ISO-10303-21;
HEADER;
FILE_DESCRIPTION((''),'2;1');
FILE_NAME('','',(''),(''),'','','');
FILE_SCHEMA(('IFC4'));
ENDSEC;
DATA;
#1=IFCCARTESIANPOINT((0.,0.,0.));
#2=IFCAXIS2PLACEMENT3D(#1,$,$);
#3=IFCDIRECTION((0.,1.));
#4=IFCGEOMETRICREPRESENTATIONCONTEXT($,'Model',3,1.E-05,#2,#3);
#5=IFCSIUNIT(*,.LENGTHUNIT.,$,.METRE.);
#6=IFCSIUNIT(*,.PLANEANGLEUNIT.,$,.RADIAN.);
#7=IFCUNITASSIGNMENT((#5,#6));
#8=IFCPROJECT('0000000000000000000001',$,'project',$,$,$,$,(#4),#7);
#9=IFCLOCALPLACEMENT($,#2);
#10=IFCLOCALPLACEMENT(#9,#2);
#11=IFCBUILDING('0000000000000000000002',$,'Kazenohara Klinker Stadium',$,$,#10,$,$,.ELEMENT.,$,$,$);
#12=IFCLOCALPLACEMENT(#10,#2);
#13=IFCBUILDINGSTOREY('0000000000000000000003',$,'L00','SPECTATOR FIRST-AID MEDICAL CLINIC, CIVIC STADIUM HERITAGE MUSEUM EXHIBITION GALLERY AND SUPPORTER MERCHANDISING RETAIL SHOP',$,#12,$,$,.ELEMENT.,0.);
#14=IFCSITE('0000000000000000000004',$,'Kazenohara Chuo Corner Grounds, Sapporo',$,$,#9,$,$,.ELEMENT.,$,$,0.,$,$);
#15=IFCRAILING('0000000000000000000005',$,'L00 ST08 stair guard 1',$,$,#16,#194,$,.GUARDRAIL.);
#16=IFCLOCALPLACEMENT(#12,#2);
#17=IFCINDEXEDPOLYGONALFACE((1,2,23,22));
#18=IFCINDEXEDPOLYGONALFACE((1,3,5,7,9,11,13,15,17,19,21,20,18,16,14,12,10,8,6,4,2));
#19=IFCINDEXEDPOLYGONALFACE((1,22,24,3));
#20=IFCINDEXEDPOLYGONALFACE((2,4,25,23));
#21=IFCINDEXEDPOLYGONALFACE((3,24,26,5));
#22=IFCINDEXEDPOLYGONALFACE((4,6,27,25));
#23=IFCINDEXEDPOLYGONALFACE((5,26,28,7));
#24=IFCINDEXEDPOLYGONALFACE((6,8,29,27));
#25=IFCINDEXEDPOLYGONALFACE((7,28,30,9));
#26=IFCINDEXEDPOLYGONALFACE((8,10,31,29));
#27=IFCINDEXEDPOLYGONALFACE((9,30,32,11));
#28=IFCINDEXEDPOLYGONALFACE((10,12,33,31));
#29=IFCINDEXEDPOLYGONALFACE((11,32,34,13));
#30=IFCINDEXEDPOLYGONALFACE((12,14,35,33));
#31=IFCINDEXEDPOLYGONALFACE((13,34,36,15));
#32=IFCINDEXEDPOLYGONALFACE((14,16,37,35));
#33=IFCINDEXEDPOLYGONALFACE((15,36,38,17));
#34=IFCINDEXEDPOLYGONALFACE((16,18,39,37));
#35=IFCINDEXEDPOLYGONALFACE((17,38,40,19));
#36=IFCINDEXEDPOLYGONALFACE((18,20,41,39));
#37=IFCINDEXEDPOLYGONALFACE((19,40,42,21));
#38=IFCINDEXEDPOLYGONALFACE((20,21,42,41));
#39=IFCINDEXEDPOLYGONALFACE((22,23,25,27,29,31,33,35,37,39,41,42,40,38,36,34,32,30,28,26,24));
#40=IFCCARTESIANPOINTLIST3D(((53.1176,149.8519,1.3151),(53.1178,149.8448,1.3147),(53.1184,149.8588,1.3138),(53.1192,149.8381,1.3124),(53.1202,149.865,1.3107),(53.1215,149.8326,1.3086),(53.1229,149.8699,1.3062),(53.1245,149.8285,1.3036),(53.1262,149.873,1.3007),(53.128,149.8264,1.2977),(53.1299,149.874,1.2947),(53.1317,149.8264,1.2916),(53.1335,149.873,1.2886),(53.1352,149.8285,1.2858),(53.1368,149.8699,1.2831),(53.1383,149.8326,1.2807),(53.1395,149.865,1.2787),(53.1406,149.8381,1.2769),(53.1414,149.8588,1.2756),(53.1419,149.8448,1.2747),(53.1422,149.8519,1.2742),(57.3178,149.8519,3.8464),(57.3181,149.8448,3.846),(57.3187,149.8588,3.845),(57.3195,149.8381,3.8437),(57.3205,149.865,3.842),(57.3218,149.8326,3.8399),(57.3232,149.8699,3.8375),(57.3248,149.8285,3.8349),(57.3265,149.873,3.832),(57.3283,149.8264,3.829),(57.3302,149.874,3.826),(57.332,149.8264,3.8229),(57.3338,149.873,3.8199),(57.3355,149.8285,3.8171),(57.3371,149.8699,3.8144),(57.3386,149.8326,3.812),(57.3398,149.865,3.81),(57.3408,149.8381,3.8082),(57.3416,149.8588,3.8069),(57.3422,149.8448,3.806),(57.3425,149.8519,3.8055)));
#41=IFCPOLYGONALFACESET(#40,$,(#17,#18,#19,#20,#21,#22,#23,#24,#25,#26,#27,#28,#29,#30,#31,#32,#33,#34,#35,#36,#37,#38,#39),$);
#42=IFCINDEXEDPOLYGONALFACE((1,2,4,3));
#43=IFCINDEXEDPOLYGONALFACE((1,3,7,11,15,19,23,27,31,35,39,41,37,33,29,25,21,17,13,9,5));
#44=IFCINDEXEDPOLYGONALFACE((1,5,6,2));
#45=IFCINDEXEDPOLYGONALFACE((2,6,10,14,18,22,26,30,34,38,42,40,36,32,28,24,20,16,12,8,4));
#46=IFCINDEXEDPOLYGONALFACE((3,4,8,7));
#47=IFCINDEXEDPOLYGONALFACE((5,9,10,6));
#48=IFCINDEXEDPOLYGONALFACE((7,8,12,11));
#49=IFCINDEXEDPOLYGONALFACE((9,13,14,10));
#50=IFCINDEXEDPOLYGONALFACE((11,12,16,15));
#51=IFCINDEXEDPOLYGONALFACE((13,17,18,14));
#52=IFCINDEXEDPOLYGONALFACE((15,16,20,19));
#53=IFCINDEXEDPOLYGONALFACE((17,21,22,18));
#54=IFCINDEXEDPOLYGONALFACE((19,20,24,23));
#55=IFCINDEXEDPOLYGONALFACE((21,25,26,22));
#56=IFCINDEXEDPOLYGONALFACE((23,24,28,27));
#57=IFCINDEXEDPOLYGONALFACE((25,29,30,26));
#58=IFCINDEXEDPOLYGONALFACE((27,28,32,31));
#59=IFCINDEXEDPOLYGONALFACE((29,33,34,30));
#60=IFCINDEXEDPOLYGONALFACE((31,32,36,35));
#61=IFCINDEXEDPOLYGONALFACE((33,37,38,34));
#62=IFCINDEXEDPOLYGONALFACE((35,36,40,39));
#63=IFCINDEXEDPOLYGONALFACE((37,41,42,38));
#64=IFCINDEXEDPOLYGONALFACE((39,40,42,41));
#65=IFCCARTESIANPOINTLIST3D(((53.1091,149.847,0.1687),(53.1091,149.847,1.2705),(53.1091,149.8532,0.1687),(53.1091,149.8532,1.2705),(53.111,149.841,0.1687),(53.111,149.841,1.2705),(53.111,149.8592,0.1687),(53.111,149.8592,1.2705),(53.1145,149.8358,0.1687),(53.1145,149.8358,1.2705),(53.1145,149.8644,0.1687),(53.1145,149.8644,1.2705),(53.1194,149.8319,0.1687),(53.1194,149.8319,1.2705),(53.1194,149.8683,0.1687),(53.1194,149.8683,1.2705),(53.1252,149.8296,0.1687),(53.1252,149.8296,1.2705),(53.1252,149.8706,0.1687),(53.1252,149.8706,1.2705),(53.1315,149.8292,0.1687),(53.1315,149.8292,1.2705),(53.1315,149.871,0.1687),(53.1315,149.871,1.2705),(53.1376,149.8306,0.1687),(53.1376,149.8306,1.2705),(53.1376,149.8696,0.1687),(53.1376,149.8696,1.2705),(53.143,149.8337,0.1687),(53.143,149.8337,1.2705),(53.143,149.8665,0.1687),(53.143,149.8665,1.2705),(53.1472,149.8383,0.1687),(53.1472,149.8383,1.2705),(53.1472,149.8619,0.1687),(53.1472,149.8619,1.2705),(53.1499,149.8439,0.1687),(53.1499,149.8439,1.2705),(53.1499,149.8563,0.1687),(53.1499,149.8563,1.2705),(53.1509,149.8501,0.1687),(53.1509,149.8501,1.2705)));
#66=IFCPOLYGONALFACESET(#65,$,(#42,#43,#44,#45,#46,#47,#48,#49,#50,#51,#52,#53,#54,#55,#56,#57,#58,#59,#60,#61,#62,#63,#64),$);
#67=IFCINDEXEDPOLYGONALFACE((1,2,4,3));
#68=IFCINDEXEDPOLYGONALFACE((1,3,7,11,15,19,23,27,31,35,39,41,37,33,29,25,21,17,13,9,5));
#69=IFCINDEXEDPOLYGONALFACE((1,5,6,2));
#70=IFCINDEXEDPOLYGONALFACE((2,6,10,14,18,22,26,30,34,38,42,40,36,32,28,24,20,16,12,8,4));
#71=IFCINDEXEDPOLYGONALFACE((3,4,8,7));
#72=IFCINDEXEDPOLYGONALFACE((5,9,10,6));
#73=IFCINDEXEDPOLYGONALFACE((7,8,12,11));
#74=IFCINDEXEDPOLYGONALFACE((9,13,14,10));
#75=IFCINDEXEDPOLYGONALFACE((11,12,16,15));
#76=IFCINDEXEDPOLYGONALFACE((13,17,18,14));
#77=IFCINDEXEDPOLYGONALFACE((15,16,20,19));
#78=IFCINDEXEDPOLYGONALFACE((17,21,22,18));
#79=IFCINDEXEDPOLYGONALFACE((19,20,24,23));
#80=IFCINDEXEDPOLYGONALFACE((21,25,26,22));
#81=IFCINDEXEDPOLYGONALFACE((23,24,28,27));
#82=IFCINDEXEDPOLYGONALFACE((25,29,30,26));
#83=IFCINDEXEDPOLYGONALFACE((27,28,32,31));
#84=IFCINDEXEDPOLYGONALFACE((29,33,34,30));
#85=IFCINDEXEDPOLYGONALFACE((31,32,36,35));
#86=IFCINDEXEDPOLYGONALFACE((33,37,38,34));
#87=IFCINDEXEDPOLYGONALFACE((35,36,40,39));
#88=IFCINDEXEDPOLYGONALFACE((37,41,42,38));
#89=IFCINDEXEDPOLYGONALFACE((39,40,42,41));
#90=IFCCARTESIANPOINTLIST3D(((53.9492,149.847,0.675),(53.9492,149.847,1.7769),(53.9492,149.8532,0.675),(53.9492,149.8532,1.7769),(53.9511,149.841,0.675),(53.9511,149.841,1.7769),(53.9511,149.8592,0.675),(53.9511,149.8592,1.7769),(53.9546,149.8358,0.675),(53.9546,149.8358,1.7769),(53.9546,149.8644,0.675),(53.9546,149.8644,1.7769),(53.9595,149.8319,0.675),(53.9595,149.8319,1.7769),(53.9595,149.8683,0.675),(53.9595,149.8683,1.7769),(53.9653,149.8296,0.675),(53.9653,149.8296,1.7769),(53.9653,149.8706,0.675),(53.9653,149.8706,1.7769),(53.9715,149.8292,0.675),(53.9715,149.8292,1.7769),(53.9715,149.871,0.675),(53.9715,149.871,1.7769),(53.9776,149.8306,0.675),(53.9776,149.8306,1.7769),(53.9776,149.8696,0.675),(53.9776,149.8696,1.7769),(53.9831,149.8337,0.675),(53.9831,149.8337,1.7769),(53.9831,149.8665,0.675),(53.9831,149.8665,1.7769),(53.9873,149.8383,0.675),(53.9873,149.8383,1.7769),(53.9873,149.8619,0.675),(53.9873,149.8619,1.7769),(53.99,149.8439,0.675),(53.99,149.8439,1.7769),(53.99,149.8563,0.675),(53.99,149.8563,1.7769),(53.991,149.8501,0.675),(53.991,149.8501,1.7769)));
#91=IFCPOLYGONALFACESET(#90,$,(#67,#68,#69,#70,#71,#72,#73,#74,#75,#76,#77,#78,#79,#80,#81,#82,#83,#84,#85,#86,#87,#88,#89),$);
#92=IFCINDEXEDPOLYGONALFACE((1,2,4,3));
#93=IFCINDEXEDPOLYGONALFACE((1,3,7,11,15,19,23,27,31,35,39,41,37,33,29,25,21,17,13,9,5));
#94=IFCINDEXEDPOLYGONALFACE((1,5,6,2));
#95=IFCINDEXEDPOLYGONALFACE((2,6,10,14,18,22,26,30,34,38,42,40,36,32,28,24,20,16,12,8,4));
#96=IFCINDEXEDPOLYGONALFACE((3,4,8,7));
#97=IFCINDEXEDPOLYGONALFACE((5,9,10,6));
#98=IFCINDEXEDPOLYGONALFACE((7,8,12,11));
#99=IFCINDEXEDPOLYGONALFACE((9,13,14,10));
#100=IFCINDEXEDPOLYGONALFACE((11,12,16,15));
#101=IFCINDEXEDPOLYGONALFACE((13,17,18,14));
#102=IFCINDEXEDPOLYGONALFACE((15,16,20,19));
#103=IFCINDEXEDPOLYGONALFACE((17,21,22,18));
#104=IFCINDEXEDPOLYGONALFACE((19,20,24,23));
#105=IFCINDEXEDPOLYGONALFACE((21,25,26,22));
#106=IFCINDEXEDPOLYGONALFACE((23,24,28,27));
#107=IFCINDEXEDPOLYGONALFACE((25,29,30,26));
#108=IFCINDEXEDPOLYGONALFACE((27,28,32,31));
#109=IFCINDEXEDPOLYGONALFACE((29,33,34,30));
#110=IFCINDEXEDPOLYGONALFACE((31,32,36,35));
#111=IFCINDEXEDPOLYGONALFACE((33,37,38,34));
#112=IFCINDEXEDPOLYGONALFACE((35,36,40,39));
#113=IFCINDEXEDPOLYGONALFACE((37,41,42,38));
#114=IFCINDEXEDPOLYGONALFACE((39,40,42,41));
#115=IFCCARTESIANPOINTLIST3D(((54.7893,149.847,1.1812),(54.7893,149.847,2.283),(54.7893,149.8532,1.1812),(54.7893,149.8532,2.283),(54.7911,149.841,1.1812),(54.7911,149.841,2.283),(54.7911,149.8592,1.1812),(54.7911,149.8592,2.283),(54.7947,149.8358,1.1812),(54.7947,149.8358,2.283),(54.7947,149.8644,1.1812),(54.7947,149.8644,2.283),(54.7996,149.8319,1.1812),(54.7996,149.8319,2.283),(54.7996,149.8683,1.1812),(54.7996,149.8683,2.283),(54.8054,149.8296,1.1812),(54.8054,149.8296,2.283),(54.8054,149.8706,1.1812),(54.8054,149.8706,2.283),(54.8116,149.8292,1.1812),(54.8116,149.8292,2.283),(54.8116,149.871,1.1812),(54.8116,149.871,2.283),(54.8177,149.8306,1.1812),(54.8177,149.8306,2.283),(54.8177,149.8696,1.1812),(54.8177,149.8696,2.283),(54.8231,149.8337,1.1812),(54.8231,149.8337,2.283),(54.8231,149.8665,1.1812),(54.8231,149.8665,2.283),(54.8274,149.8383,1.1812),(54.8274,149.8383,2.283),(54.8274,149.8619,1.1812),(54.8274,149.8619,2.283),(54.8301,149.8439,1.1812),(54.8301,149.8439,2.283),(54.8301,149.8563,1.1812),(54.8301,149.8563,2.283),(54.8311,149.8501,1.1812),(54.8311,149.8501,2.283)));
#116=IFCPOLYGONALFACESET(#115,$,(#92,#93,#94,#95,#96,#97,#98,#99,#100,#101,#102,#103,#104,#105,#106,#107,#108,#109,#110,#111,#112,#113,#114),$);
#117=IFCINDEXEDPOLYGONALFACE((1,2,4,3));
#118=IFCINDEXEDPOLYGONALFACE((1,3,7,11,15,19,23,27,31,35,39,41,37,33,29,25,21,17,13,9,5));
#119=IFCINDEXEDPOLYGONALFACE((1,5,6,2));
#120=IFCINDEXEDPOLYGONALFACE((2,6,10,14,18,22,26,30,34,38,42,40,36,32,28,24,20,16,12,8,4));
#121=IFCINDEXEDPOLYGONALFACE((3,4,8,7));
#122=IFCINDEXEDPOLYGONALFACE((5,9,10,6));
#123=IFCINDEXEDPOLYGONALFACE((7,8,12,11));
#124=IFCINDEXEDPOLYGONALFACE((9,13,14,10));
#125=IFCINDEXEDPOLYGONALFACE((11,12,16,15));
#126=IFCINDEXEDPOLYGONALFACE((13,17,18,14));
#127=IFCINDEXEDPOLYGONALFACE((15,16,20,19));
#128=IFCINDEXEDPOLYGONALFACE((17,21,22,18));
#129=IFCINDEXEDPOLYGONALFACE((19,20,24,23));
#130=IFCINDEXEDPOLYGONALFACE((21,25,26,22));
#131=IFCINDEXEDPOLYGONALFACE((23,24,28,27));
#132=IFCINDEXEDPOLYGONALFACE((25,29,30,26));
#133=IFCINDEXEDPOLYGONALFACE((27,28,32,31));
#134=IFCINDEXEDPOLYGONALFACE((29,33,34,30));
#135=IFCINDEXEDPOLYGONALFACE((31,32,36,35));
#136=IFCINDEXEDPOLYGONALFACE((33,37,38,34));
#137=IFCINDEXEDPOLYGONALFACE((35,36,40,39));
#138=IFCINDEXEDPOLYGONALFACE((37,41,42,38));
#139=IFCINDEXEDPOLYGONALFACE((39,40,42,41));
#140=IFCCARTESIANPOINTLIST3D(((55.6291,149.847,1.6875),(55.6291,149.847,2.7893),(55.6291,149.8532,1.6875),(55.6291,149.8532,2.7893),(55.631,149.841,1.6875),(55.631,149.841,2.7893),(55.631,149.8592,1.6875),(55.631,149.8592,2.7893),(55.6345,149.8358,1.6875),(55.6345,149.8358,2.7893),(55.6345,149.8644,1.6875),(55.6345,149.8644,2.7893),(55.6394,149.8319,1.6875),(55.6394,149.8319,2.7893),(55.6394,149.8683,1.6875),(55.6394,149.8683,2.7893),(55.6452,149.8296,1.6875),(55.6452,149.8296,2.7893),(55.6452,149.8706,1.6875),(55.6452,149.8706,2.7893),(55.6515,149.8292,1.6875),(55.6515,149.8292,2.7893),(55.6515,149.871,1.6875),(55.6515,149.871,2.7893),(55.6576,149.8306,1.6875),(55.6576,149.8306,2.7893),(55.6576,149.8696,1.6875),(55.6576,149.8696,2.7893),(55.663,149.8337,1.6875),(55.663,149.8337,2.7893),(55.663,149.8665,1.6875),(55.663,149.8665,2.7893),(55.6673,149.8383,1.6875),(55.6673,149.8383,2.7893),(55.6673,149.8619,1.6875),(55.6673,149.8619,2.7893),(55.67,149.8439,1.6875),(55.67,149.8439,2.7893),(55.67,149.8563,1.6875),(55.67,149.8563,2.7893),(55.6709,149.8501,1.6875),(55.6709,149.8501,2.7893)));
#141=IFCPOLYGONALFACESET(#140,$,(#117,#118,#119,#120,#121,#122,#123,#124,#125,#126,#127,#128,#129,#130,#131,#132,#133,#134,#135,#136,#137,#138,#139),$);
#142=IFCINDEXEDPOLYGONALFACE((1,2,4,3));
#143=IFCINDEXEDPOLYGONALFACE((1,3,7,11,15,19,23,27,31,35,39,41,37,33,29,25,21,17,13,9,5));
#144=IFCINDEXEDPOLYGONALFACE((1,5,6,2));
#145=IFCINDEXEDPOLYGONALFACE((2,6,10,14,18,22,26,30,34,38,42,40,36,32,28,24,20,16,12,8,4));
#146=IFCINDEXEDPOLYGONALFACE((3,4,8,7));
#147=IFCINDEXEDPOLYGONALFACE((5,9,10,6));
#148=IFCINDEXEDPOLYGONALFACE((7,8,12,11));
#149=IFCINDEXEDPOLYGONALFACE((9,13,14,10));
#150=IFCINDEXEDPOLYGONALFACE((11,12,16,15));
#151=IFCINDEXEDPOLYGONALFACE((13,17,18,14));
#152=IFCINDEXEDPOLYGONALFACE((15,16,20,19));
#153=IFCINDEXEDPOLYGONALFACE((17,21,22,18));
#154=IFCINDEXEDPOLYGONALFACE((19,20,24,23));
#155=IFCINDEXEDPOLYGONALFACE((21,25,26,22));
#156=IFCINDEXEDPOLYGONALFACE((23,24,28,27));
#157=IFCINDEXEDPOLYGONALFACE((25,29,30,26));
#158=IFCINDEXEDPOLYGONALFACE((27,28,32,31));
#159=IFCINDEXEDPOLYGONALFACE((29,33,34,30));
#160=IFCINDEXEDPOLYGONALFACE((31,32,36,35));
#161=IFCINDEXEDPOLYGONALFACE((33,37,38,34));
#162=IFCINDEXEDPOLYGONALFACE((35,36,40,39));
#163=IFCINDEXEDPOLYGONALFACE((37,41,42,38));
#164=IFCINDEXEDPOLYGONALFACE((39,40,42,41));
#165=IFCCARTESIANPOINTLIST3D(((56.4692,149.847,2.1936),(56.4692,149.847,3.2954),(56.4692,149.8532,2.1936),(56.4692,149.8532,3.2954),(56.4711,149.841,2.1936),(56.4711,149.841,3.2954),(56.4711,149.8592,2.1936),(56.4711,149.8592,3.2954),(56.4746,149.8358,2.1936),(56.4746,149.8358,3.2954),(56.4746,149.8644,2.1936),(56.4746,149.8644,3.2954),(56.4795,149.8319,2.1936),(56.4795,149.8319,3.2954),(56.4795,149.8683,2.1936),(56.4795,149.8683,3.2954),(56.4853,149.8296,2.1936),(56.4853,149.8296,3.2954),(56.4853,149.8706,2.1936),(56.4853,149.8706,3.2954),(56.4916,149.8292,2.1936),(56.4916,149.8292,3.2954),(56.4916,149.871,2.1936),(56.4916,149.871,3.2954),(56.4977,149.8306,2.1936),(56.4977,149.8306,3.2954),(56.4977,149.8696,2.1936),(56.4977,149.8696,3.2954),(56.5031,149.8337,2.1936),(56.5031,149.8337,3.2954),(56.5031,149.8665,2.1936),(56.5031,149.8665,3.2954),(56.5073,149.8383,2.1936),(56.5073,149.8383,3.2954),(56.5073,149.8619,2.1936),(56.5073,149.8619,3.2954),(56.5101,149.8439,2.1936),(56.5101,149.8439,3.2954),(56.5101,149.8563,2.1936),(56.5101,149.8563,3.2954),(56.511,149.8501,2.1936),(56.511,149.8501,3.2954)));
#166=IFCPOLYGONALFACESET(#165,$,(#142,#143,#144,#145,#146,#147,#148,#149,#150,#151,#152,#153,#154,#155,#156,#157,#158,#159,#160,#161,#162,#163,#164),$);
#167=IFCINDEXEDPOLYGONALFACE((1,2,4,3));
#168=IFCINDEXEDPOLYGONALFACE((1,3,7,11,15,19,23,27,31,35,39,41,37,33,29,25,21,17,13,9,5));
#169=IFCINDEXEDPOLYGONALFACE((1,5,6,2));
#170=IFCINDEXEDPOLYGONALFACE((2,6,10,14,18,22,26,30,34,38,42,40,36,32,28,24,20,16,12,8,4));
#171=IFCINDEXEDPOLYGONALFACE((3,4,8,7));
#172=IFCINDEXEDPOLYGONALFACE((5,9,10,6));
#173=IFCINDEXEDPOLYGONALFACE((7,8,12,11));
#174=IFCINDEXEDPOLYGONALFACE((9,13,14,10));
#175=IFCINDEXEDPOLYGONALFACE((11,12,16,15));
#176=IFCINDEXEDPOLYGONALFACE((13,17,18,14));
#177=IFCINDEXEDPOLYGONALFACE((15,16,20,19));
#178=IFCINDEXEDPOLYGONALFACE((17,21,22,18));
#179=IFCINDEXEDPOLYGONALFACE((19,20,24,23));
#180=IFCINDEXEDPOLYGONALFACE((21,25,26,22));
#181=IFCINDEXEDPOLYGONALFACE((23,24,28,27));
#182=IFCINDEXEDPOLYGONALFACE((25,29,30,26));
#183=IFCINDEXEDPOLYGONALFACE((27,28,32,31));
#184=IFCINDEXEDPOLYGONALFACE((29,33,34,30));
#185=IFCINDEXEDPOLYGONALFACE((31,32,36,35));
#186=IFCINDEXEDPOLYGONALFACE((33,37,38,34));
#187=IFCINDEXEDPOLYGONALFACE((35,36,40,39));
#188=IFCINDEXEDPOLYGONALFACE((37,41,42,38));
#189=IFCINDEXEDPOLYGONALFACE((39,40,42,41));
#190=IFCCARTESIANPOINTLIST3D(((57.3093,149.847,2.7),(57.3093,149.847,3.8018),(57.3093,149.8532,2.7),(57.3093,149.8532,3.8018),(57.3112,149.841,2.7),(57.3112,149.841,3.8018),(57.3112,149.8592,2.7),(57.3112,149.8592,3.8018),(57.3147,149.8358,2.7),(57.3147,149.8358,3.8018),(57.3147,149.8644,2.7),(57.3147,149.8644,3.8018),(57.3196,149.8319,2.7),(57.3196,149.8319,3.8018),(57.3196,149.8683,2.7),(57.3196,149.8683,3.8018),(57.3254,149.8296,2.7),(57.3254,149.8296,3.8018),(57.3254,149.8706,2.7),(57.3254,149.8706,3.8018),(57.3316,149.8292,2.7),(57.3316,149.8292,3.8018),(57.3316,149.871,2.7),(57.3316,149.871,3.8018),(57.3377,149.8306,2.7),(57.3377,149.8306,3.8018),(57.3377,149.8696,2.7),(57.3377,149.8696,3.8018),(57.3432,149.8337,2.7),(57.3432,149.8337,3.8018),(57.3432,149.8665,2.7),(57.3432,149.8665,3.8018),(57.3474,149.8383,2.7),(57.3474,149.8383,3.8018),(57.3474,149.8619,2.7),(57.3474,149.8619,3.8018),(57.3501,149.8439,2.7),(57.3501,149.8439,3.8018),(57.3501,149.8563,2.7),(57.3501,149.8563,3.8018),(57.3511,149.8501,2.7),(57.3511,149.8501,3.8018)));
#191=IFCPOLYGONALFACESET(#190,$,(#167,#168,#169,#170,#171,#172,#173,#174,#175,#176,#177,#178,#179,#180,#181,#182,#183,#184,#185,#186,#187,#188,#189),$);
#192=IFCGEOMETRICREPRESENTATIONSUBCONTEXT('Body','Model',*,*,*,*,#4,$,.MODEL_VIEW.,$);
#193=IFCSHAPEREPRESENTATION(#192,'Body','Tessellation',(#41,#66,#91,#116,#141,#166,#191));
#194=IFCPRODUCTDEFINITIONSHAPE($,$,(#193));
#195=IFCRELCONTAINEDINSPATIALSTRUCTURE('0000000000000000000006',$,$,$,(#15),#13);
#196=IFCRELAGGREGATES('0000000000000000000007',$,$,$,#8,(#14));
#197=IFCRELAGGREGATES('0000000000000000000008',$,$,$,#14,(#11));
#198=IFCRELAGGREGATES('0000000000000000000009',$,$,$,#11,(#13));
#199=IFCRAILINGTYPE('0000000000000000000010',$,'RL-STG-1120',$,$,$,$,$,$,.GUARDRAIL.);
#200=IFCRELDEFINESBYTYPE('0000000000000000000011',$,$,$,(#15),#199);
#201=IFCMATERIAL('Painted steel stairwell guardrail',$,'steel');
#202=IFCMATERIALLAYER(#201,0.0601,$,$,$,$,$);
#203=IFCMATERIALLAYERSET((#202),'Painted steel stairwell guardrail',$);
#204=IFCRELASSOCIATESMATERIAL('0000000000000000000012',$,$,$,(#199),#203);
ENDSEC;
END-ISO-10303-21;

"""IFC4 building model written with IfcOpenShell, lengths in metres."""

from ifc_helpers import new_model, si_unit, direction, frame, origin, origin_2d, place, context, subcontext, project, spatial, circle, extrude, material, layer, layer_set, type_object, element, save


model = new_model("IFC4")

# Units and contexts
model_context = context("Model", 3, precision=1e-05, world=origin(), true_north=direction((0.0, 1.0)))
body_context = subcontext(model_context, "Body", "Model", "MODEL_VIEW")
ifc_project = project(units=[si_unit("LENGTHUNIT", "METRE"), si_unit("PLANEANGLEUNIT", "RADIAN")], contexts=[model_context])

# Site, building, storey
site_placement = place(None, origin())
site = spatial("IfcSite", under=ifc_project, at=site_placement, Name="Kazenohara Chuo Corner Grounds, Sapporo", CompositionType="ELEMENT", RefElevation=0.0)
building_placement = place(site_placement, origin())
building = spatial("IfcBuilding", under=site, at=building_placement, Name="Kazenohara Klinker Stadium", CompositionType="ELEMENT")
storey_placement = place(building_placement, origin())
storey = spatial("IfcBuildingStorey", under=building, at=storey_placement, Name="L00", Description="SPECTATOR FIRST-AID MEDICAL CLINIC, CIVIC STADIUM HERITAGE MUSEUM EXHIBITION GALLERY AND SUPPORTER MERCHANDISING RETAIL SHOP", CompositionType="ELEMENT", Elevation=0.0)

# Railing
ifc_material_1 = material(Name="Painted steel stairwell guardrail", Category="steel")
ifc_layer_1 = layer(ifc_material_1, 0.0601)
ifc_layer_set_1 = layer_set([ifc_layer_1], Name="Painted steel stairwell guardrail")
railing_type_1 = type_object("IfcRailingType", Name="RL-STG-1120", PredefinedType="GUARDRAIL", material=ifc_layer_set_1)
railing_1_placement = place(storey_placement, frame((53.1299, 149.8501, 0.1687)))
element("IfcRailing", 1, at=railing_1_placement, inside=storey, type_object=railing_type_1, Name="L00 ST08 stair guard 1", PredefinedType="GUARDRAIL", context=body_context, shape_type="SweptSolid", body=[
    extrude(circle(Radius=0.0239, at=origin_2d()), frame((0.0, 0.0, 1.126), z_axis=(0.85649, 0.0, 0.516164), x_axis=(0.0, 1.0, 0.0)), (0.0, 0.0, 1.0), 4.9041),
    extrude(circle(Radius=0.021, at=origin_2d()), origin(), (0.0, 0.0, 1.0), 1.1018),
    extrude(circle(Radius=0.021, at=origin_2d()), frame((0.8401, 0.0, 0.5063)), (0.0, 0.0, 1.0), 1.1018),
    extrude(circle(Radius=0.021, at=origin_2d()), frame((1.6802, 0.0, 1.0125)), (0.0, 0.0, 1.0), 1.1018),
    extrude(circle(Radius=0.021, at=origin_2d()), frame((2.52, 0.0, 1.5188)), (0.0, 0.0, 1.0), 1.1018),
    extrude(circle(Radius=0.021, at=origin_2d()), frame((3.3601, 0.0, 2.0249)), (0.0, 0.0, 1.0), 1.1018),
    extrude(circle(Radius=0.021, at=origin_2d()), frame((4.2002, 0.0, 2.5312)), (0.0, 0.0, 1.0), 1.1018),
])

save(model, "model.ifc")
